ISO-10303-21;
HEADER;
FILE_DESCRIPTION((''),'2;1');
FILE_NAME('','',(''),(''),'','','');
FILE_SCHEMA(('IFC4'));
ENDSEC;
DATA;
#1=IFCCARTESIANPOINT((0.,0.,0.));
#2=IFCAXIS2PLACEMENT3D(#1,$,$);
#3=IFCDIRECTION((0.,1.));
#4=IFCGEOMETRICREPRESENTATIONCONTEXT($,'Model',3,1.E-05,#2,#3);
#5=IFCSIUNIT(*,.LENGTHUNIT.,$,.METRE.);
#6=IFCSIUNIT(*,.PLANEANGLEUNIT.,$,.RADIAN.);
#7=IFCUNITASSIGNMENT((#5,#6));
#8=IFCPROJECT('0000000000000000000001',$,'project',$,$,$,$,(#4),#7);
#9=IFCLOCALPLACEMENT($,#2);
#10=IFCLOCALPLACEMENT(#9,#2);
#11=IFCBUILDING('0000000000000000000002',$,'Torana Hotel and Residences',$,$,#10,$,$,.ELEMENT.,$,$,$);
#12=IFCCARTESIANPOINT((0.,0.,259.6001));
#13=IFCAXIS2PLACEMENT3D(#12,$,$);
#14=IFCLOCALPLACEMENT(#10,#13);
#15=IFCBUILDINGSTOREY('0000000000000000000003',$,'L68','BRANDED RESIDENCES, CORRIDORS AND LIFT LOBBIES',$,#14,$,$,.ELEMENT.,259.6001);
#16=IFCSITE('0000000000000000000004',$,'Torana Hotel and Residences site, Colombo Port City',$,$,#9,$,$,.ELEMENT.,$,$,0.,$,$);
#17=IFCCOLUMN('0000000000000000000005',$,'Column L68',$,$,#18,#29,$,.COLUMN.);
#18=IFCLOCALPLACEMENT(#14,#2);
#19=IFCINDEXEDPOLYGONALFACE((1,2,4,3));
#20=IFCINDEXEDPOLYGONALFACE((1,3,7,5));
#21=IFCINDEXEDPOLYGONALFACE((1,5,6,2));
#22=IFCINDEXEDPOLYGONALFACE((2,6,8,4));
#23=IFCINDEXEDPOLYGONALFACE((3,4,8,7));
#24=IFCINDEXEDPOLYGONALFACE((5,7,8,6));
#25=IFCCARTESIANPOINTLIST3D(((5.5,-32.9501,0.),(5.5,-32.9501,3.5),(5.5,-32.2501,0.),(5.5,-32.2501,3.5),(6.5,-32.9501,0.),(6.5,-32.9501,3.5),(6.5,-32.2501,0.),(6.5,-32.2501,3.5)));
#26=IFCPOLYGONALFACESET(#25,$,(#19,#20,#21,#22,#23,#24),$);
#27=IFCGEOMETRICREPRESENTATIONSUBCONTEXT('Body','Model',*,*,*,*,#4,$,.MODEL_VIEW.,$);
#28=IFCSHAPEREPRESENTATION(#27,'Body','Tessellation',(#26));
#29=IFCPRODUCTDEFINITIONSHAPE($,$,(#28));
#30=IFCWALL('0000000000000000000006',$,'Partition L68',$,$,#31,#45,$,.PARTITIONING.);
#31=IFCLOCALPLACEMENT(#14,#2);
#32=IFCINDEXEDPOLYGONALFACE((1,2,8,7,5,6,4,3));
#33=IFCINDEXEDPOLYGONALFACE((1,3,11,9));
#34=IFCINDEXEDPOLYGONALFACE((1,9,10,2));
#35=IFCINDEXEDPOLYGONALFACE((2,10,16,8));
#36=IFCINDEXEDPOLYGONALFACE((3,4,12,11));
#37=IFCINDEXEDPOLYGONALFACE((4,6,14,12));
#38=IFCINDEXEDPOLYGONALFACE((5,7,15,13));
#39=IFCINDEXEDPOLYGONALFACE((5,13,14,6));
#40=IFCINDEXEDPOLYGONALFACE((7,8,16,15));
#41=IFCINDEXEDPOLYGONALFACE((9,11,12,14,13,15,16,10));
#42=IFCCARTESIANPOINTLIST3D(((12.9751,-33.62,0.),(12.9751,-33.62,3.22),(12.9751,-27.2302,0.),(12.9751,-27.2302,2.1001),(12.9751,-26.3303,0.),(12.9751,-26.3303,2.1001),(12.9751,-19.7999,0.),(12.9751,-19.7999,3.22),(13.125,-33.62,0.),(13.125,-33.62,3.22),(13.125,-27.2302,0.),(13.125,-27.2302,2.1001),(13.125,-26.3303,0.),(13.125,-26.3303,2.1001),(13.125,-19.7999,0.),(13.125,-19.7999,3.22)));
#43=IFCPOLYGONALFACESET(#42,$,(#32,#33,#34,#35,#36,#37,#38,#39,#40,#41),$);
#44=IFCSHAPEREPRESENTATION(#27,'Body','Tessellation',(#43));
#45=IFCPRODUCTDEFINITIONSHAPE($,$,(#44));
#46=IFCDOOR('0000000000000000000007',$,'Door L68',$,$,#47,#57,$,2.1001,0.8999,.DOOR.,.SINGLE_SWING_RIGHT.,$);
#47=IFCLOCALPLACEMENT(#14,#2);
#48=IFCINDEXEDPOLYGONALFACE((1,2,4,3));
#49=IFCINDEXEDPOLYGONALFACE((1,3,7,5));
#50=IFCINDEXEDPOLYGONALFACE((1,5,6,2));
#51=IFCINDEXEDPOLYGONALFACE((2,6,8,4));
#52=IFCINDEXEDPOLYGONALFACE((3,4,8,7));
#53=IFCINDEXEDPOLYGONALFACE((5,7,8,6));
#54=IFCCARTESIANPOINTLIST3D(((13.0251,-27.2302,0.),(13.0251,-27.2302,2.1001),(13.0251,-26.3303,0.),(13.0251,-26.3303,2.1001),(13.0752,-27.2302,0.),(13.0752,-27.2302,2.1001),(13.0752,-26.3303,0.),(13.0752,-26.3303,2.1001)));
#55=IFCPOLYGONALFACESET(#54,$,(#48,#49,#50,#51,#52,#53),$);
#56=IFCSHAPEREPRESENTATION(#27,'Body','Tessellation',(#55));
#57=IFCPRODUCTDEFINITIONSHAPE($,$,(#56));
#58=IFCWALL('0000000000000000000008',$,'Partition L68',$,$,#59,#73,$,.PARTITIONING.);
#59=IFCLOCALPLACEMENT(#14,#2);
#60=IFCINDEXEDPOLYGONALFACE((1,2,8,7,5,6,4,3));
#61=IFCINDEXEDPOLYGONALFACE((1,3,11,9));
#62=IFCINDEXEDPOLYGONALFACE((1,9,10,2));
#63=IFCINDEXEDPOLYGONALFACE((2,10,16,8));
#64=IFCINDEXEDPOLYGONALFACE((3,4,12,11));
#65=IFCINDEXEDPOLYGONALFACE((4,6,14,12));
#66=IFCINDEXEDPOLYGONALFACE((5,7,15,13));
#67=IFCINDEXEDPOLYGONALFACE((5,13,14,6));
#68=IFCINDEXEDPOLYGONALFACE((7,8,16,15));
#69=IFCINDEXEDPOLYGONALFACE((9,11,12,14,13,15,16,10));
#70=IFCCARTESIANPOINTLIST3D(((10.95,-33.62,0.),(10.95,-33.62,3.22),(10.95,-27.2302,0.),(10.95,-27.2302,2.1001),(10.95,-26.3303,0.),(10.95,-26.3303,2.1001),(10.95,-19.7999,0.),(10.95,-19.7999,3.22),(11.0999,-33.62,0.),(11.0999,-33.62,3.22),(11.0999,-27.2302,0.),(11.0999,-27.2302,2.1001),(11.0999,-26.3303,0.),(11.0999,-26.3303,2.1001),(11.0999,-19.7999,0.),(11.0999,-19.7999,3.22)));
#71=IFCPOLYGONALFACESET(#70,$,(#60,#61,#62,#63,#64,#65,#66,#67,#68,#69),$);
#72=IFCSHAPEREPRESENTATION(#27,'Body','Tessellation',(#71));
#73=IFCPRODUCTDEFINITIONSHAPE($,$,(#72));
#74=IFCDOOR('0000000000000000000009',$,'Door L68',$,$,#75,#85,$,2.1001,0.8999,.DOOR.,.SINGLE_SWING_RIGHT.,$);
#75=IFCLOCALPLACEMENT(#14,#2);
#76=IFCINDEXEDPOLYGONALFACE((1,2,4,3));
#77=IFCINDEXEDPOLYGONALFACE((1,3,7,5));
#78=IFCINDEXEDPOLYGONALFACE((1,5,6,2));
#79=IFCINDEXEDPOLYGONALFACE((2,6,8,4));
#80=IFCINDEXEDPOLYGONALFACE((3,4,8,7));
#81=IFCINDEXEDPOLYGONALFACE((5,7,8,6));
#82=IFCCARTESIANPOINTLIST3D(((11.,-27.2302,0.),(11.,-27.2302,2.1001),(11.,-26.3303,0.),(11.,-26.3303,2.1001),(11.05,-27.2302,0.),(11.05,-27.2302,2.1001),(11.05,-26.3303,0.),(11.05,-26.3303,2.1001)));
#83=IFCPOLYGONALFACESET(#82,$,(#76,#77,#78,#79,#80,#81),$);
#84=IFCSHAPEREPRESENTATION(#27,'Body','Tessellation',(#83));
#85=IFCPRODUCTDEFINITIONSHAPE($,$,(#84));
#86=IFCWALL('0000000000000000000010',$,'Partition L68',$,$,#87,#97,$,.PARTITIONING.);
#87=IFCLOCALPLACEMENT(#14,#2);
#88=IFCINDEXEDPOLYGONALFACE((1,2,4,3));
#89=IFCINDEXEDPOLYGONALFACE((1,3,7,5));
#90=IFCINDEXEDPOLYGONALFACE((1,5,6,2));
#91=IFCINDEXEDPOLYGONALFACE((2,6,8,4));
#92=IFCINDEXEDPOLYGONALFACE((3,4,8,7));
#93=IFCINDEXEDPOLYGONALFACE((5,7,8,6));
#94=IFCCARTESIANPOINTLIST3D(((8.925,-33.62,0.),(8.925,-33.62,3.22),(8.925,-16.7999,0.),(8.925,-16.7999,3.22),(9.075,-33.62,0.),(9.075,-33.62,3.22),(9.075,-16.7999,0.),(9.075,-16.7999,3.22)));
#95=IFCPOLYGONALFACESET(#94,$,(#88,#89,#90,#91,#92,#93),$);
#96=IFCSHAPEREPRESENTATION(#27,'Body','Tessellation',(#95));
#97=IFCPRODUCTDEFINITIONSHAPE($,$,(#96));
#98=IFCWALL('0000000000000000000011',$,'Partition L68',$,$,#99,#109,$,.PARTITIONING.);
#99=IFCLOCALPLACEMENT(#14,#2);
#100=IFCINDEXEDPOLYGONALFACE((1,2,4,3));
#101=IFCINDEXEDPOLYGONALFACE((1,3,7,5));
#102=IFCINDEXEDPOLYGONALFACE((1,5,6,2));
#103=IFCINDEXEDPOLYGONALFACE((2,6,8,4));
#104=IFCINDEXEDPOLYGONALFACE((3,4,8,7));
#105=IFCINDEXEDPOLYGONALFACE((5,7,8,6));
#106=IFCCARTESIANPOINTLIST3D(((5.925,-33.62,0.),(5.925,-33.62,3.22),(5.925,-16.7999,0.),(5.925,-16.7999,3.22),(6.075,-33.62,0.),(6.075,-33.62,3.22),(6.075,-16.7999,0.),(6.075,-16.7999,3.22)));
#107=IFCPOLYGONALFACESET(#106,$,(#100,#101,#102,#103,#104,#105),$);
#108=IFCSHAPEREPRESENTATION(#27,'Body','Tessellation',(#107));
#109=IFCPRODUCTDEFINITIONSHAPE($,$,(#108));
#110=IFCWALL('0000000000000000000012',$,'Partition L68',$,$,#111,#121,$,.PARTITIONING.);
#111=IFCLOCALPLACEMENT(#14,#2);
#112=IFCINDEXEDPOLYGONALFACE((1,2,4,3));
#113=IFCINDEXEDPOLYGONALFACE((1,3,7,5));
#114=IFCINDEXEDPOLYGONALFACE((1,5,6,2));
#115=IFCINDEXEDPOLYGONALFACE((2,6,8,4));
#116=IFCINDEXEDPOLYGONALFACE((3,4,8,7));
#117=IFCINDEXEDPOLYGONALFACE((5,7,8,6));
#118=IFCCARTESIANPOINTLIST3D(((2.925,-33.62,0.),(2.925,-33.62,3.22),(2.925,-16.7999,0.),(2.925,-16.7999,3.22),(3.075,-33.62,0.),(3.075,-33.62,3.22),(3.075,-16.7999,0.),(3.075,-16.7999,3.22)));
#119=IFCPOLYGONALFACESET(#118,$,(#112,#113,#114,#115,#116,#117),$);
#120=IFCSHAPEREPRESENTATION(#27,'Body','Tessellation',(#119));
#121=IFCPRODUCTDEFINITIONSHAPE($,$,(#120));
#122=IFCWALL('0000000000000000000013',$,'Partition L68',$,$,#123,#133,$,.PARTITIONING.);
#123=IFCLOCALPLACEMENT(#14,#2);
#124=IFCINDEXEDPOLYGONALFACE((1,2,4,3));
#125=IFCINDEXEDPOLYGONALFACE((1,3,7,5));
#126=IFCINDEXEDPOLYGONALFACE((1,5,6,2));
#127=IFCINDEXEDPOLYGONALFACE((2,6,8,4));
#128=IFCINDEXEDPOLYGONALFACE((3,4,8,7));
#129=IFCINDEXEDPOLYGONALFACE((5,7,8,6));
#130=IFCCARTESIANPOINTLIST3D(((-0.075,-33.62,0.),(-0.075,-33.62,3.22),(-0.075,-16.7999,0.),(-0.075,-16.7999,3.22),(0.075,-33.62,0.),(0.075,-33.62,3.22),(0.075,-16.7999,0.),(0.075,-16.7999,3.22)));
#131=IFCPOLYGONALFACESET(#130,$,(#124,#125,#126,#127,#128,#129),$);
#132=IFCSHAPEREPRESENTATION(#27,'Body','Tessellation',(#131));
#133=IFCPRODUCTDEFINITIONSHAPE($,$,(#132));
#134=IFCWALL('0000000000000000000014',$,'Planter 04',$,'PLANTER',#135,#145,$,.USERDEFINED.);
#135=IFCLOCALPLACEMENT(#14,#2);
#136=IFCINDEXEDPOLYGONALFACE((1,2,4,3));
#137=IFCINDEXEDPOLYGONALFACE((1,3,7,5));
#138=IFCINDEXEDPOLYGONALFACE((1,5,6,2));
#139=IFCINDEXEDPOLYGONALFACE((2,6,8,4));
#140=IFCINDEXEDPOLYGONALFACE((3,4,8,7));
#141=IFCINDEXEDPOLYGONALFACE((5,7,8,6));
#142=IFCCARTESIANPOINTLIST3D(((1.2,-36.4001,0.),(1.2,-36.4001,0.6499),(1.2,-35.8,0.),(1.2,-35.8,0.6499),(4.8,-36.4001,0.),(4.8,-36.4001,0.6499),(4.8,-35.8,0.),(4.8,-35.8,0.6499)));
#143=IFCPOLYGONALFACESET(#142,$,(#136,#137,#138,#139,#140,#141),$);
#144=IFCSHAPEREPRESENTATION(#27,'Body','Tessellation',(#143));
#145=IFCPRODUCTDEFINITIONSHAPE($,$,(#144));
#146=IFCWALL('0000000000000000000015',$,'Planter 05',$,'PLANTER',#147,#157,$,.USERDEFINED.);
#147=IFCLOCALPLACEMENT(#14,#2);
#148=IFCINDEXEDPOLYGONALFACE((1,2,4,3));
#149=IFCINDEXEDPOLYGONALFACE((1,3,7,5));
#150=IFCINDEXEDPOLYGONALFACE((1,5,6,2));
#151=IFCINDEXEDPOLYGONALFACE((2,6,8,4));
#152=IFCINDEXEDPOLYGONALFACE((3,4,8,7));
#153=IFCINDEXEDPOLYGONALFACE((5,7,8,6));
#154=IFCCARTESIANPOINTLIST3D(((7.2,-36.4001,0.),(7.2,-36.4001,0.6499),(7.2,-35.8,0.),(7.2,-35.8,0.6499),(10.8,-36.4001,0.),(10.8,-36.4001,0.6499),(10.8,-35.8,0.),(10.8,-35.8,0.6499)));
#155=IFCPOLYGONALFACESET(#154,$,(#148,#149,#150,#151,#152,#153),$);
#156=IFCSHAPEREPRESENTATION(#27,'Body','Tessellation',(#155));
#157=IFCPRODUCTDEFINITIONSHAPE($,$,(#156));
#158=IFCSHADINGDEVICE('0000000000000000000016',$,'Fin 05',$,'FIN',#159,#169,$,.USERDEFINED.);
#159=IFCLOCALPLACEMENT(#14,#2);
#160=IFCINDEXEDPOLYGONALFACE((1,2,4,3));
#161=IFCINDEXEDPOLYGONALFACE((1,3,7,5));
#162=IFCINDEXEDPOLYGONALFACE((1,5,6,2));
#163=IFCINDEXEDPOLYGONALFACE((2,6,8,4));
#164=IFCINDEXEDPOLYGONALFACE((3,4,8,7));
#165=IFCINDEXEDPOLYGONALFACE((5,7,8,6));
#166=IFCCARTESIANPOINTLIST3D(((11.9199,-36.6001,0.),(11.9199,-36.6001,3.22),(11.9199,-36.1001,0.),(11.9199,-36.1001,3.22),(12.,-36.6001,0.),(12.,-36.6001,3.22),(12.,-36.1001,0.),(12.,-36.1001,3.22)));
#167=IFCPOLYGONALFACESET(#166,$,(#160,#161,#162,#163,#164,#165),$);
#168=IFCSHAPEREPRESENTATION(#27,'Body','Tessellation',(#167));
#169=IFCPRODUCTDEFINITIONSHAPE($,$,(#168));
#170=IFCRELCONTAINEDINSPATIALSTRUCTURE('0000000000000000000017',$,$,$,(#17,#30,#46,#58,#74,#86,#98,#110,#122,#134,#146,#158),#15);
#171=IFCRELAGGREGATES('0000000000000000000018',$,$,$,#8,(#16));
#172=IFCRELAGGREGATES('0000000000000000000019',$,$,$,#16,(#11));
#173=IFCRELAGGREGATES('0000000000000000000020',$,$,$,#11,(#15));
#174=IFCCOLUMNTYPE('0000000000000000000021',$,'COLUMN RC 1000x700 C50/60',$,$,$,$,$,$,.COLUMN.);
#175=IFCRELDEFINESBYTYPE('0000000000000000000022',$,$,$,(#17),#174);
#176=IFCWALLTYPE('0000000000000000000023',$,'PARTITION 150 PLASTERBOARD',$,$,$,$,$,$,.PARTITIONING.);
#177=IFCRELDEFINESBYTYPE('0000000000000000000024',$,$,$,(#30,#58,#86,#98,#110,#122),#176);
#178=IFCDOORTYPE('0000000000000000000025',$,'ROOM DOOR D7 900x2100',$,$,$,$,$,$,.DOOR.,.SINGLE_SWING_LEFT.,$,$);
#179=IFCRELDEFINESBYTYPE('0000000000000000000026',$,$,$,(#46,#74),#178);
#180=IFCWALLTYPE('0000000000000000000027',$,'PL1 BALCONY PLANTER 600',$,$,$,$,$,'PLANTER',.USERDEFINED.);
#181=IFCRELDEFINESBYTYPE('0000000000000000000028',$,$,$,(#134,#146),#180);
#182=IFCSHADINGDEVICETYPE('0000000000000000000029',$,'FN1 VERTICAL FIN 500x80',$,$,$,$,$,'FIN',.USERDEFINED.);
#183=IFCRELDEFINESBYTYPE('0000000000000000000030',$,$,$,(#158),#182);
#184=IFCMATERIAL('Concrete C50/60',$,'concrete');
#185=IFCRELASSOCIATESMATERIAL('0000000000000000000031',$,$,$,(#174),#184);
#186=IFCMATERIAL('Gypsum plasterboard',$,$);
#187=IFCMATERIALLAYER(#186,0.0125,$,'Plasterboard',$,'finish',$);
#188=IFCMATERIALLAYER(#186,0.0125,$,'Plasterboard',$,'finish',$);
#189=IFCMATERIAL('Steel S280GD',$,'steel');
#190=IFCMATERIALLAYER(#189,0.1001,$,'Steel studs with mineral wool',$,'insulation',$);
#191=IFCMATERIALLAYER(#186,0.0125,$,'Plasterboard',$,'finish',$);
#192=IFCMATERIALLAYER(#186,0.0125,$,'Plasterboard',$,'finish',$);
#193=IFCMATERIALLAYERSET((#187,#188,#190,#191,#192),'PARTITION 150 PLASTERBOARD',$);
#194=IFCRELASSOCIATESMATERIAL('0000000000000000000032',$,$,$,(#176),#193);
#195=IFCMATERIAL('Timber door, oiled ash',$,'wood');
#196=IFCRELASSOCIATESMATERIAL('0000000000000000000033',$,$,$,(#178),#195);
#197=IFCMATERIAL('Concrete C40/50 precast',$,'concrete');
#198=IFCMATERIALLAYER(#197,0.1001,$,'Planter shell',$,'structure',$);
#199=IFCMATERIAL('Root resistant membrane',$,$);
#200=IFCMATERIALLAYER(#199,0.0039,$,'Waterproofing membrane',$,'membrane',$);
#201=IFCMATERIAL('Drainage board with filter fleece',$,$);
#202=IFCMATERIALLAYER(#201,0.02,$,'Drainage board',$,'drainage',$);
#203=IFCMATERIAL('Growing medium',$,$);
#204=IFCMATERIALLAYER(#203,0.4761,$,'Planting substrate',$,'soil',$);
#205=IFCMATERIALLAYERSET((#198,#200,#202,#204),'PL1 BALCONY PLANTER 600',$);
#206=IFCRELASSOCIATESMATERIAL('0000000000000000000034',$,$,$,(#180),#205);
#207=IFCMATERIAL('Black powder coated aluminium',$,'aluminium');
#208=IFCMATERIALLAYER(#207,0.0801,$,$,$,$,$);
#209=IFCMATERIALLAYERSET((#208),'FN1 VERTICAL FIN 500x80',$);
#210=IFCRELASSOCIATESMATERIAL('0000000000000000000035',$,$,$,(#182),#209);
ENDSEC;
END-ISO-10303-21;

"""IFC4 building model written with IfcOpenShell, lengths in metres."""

from ifc_helpers import new_model, si_unit, direction, frame, frame_2d, origin, origin_2d, place, context, subcontext, project, spatial, rectangle, extrude, material, layer, layer_set, material_profile, profile_set, type_object, element, fill, save


model = new_model("IFC4")

# Units and contexts
model_context = context("Model", 3, precision=1e-05, world=origin(), true_north=direction((0.0, 1.0)))
body_context = subcontext(model_context, "Body", "Model", "MODEL_VIEW")
ifc_project = project(units=[si_unit("LENGTHUNIT", "METRE"), si_unit("PLANEANGLEUNIT", "RADIAN")], contexts=[model_context])

# Site, building, storey
site_placement = place(None, origin())
site = spatial("IfcSite", under=ifc_project, at=site_placement, Name="Torana Hotel and Residences site, Colombo Port City", CompositionType="ELEMENT", RefElevation=0.0)
building_placement = place(site_placement, origin())
building = spatial("IfcBuilding", under=site, at=building_placement, Name="Torana Hotel and Residences", CompositionType="ELEMENT")
storey_placement = place(building_placement, frame((0.0, 0.0, 259.6001)))
storey = spatial("IfcBuildingStorey", under=building, at=storey_placement, Name="L68", Description="BRANDED RESIDENCES, CORRIDORS AND LIFT LOBBIES", CompositionType="ELEMENT", Elevation=259.6001)

# Column
ifc_material_1 = material(Name="Concrete C50/60", Category="concrete")
ifc_material_profile = material_profile(ifc_material_1, rectangle(XDim=1.0, YDim=0.7, at=origin_2d()), Name="RC 1000x700")
ifc_profile_set = profile_set([ifc_material_profile], Name="Concrete C50/60")
column_type = type_object("IfcColumnType", Name="COLUMN RC 1000x700 C50/60", PredefinedType="COLUMN", material=ifc_profile_set)
column_placement = place(storey_placement, frame((6.0, -32.6001, 0.0), z_axis=(0.0, 0.0, 1.0), x_axis=(1.0, 0.0, 0.0)))
element("IfcColumn", 1, at=column_placement, inside=storey, type_object=column_type, Name="Column L68", PredefinedType="COLUMN", context=body_context, shape_type="SweptSolid", body=[
    extrude(rectangle(XDim=1.0, YDim=0.7, at=origin_2d()), origin(), (0.0, 0.0, 1.0), 3.5),
])

# Walls, openings, doors
ifc_material_2 = material(Name="Gypsum plasterboard")
ifc_layer_1 = layer(ifc_material_2, 0.0125, Name="Plasterboard", Category="finish")
ifc_layer_2 = layer(ifc_material_2, 0.0125, Name="Plasterboard", Category="finish")
ifc_material_3 = material(Name="Steel S280GD", Category="steel")
ifc_layer_3 = layer(ifc_material_3, 0.1001, Name="Steel studs with mineral wool", Category="insulation")
ifc_layer_4 = layer(ifc_material_2, 0.0125, Name="Plasterboard", Category="finish")
ifc_layer_5 = layer(ifc_material_2, 0.0125, Name="Plasterboard", Category="finish")
ifc_layer_set_1 = layer_set([ifc_layer_1, ifc_layer_2, ifc_layer_3, ifc_layer_4, ifc_layer_5], Name="PARTITION 150 PLASTERBOARD")
wall_type_1 = type_object("IfcWallType", Name="PARTITION 150 PLASTERBOARD", PredefinedType="PARTITIONING", material=ifc_layer_set_1)
wall_1_placement = place(storey_placement, frame((13.05, -33.6201, 0.0), z_axis=(0.0, 0.0, 1.0), x_axis=(0.0, 1.0, 0.0)))
wall_1 = element("IfcWall", 2, at=wall_1_placement, inside=storey, type_object=wall_type_1, Name="Partition L68", PredefinedType="PARTITIONING", context=body_context, shape_type="SweptSolid", body=[
    extrude(rectangle(XDim=13.8201, YDim=0.1499, at=frame_2d((6.9102, 0.0))), origin(), (0.0, 0.0, 1.0), 3.22),
])
opening_1_placement = place(wall_1_placement, frame((6.3899, 0.0, 0.0)))
opening_1 = element("IfcOpeningElement", 3, at=opening_1_placement, cuts=wall_1, PredefinedType="OPENING", context=body_context, shape_type="SweptSolid", body=[
    extrude(rectangle(XDim=0.8999, YDim=2.1001, at=frame_2d((0.45, 1.05))), frame((0.0, 0.085, 0.0), z_axis=(0.0, -1.0, 0.0), x_axis=(1.0, 0.0, 0.0)), (0.0, 0.0, 1.0), 0.1699),
])
ifc_material_4 = material(Name="Timber door, oiled ash", Category="wood")
door_type = type_object("IfcDoorType", Name="ROOM DOOR D7 900x2100", OperationType="SINGLE_SWING_LEFT", PredefinedType="DOOR", material=ifc_material_4)
door_1_placement = place(opening_1_placement, origin())
door_1 = element("IfcDoor", 4, at=door_1_placement, inside=storey, type_object=door_type, Name="Door L68", OperationType="SINGLE_SWING_RIGHT", OverallHeight=2.1001, OverallWidth=0.8999, PredefinedType="DOOR", context=body_context, shape_type="SweptSolid", body=[
    extrude(rectangle(XDim=0.8999, YDim=2.1001, at=frame_2d((0.45, 1.05))), frame((0.0, 0.0249, 0.0), z_axis=(0.0, -1.0, 0.0), x_axis=(1.0, 0.0, 0.0)), (0.0, 0.0, 1.0), 0.05),
])
fill(opening_1, door_1)
wall_2_placement = place(storey_placement, frame((11.0249, -33.6201, 0.0), z_axis=(0.0, 0.0, 1.0), x_axis=(0.0, 1.0, 0.0)))
wall_2 = element("IfcWall", 5, at=wall_2_placement, inside=storey, type_object=wall_type_1, Name="Partition L68", PredefinedType="PARTITIONING", context=body_context, shape_type="SweptSolid", body=[
    extrude(rectangle(XDim=13.8201, YDim=0.1499, at=frame_2d((6.9102, 0.0))), origin(), (0.0, 0.0, 1.0), 3.22),
])
opening_2_placement = place(wall_2_placement, frame((6.3899, 0.0, 0.0)))
opening_2 = element("IfcOpeningElement", 6, at=opening_2_placement, cuts=wall_2, PredefinedType="OPENING", context=body_context, shape_type="SweptSolid", body=[
    extrude(rectangle(XDim=0.8999, YDim=2.1001, at=frame_2d((0.45, 1.05))), frame((0.0, 0.085, 0.0), z_axis=(0.0, -1.0, 0.0), x_axis=(1.0, 0.0, 0.0)), (0.0, 0.0, 1.0), 0.1699),
])
door_2_placement = place(opening_2_placement, origin())
door_2 = element("IfcDoor", 7, at=door_2_placement, inside=storey, type_object=door_type, Name="Door L68", OperationType="SINGLE_SWING_RIGHT", OverallHeight=2.1001, OverallWidth=0.8999, PredefinedType="DOOR", context=body_context, shape_type="SweptSolid", body=[
    extrude(rectangle(XDim=0.8999, YDim=2.1001, at=frame_2d((0.45, 1.05))), frame((0.0, 0.0249, 0.0), z_axis=(0.0, -1.0, 0.0), x_axis=(1.0, 0.0, 0.0)), (0.0, 0.0, 1.0), 0.05),
])
fill(opening_2, door_2)

# Walls
for number, where, z_axis, x_axis, name in (
    (8, (9.0, -33.6201, 0.0), (0.0, 0.0, 1.0), (0.0, 1.0, 0.0), "Partition L68"),
    (9, (6.0, -33.6201, 0.0), (0.0, 0.0, 1.0), (0.0, 1.0, 0.0), "Partition L68"),
    (10, (3.0, -33.6201, 0.0), (0.0, 0.0, 1.0), (0.0, 1.0, 0.0), "Partition L68"),
    (11, (0.0, -33.6201, 0.0), (0.0, 0.0, 1.0), (0.0, 1.0, 0.0), "Partition L68"),
):
    element("IfcWall", number, at=place(storey_placement, frame(where, z_axis=z_axis, x_axis=x_axis)), inside=storey, type_object=wall_type_1, Name=name, PredefinedType="PARTITIONING", context=body_context, shape_type="SweptSolid", body=[
        extrude(rectangle(XDim=16.8201, YDim=0.1499, at=frame_2d((8.4102, 0.0))), origin(), (0.0, 0.0, 1.0), 3.22),
    ])
ifc_material_5 = material(Name="Concrete C40/50 precast", Category="concrete")
ifc_layer_6 = layer(ifc_material_5, 0.1001, Name="Planter shell", Category="structure")
ifc_material_6 = material(Name="Root resistant membrane")
ifc_layer_7 = layer(ifc_material_6, 0.0039, Name="Waterproofing membrane", Category="membrane")
ifc_material_7 = material(Name="Drainage board with filter fleece")
ifc_layer_8 = layer(ifc_material_7, 0.02, Name="Drainage board", Category="drainage")
ifc_material_8 = material(Name="Growing medium")
ifc_layer_9 = layer(ifc_material_8, 0.4761, Name="Planting substrate", Category="soil")
ifc_layer_set_2 = layer_set([ifc_layer_6, ifc_layer_7, ifc_layer_8, ifc_layer_9], Name="PL1 BALCONY PLANTER 600")
wall_type_2 = type_object("IfcWallType", Name="PL1 BALCONY PLANTER 600", ElementType="PLANTER", PredefinedType="USERDEFINED", material=ifc_layer_set_2)
for number, where, z_axis, x_axis, name in (
    (12, (4.8, -36.1001, 0.0), (0.0, 0.0, 1.0), (-1.0, 0.0, 0.0), "Planter 04"),
    (13, (10.8, -36.1001, 0.0), (0.0, 0.0, 1.0), (-1.0, 0.0, 0.0), "Planter 05"),
):
    element("IfcWall", number, at=place(storey_placement, frame(where, z_axis=z_axis, x_axis=x_axis)), inside=storey, type_object=wall_type_2, Name=name, ObjectType="PLANTER", PredefinedType="USERDEFINED", context=body_context, shape_type="SweptSolid", body=[
        extrude(rectangle(XDim=3.6001, YDim=0.6001, at=frame_2d((1.8, 0.0))), origin(), (0.0, 0.0, 1.0), 0.6499),
    ])

# Shading device
ifc_material_9 = material(Name="Black powder coated aluminium", Category="aluminium")
ifc_layer_10 = layer(ifc_material_9, 0.0801)
ifc_layer_set_3 = layer_set([ifc_layer_10], Name="FN1 VERTICAL FIN 500x80")
shading_device_type = type_object("IfcShadingDeviceType", Name="FN1 VERTICAL FIN 500x80", ElementType="FIN", PredefinedType="USERDEFINED", material=ifc_layer_set_3)
shading_device_placement = place(storey_placement, frame((11.96, -36.3501, 0.0), z_axis=(0.0, 0.0, 1.0), x_axis=(-1.0, 0.0, 0.0)))
element("IfcShadingDevice", 14, at=shading_device_placement, inside=storey, type_object=shading_device_type, Name="Fin 05", ObjectType="FIN", PredefinedType="USERDEFINED", context=body_context, shape_type="SweptSolid", body=[
    extrude(rectangle(XDim=0.0801, YDim=0.5, at=origin_2d()), origin(), (0.0, 0.0, 1.0), 3.22),
])

save(model, "model.ifc")
